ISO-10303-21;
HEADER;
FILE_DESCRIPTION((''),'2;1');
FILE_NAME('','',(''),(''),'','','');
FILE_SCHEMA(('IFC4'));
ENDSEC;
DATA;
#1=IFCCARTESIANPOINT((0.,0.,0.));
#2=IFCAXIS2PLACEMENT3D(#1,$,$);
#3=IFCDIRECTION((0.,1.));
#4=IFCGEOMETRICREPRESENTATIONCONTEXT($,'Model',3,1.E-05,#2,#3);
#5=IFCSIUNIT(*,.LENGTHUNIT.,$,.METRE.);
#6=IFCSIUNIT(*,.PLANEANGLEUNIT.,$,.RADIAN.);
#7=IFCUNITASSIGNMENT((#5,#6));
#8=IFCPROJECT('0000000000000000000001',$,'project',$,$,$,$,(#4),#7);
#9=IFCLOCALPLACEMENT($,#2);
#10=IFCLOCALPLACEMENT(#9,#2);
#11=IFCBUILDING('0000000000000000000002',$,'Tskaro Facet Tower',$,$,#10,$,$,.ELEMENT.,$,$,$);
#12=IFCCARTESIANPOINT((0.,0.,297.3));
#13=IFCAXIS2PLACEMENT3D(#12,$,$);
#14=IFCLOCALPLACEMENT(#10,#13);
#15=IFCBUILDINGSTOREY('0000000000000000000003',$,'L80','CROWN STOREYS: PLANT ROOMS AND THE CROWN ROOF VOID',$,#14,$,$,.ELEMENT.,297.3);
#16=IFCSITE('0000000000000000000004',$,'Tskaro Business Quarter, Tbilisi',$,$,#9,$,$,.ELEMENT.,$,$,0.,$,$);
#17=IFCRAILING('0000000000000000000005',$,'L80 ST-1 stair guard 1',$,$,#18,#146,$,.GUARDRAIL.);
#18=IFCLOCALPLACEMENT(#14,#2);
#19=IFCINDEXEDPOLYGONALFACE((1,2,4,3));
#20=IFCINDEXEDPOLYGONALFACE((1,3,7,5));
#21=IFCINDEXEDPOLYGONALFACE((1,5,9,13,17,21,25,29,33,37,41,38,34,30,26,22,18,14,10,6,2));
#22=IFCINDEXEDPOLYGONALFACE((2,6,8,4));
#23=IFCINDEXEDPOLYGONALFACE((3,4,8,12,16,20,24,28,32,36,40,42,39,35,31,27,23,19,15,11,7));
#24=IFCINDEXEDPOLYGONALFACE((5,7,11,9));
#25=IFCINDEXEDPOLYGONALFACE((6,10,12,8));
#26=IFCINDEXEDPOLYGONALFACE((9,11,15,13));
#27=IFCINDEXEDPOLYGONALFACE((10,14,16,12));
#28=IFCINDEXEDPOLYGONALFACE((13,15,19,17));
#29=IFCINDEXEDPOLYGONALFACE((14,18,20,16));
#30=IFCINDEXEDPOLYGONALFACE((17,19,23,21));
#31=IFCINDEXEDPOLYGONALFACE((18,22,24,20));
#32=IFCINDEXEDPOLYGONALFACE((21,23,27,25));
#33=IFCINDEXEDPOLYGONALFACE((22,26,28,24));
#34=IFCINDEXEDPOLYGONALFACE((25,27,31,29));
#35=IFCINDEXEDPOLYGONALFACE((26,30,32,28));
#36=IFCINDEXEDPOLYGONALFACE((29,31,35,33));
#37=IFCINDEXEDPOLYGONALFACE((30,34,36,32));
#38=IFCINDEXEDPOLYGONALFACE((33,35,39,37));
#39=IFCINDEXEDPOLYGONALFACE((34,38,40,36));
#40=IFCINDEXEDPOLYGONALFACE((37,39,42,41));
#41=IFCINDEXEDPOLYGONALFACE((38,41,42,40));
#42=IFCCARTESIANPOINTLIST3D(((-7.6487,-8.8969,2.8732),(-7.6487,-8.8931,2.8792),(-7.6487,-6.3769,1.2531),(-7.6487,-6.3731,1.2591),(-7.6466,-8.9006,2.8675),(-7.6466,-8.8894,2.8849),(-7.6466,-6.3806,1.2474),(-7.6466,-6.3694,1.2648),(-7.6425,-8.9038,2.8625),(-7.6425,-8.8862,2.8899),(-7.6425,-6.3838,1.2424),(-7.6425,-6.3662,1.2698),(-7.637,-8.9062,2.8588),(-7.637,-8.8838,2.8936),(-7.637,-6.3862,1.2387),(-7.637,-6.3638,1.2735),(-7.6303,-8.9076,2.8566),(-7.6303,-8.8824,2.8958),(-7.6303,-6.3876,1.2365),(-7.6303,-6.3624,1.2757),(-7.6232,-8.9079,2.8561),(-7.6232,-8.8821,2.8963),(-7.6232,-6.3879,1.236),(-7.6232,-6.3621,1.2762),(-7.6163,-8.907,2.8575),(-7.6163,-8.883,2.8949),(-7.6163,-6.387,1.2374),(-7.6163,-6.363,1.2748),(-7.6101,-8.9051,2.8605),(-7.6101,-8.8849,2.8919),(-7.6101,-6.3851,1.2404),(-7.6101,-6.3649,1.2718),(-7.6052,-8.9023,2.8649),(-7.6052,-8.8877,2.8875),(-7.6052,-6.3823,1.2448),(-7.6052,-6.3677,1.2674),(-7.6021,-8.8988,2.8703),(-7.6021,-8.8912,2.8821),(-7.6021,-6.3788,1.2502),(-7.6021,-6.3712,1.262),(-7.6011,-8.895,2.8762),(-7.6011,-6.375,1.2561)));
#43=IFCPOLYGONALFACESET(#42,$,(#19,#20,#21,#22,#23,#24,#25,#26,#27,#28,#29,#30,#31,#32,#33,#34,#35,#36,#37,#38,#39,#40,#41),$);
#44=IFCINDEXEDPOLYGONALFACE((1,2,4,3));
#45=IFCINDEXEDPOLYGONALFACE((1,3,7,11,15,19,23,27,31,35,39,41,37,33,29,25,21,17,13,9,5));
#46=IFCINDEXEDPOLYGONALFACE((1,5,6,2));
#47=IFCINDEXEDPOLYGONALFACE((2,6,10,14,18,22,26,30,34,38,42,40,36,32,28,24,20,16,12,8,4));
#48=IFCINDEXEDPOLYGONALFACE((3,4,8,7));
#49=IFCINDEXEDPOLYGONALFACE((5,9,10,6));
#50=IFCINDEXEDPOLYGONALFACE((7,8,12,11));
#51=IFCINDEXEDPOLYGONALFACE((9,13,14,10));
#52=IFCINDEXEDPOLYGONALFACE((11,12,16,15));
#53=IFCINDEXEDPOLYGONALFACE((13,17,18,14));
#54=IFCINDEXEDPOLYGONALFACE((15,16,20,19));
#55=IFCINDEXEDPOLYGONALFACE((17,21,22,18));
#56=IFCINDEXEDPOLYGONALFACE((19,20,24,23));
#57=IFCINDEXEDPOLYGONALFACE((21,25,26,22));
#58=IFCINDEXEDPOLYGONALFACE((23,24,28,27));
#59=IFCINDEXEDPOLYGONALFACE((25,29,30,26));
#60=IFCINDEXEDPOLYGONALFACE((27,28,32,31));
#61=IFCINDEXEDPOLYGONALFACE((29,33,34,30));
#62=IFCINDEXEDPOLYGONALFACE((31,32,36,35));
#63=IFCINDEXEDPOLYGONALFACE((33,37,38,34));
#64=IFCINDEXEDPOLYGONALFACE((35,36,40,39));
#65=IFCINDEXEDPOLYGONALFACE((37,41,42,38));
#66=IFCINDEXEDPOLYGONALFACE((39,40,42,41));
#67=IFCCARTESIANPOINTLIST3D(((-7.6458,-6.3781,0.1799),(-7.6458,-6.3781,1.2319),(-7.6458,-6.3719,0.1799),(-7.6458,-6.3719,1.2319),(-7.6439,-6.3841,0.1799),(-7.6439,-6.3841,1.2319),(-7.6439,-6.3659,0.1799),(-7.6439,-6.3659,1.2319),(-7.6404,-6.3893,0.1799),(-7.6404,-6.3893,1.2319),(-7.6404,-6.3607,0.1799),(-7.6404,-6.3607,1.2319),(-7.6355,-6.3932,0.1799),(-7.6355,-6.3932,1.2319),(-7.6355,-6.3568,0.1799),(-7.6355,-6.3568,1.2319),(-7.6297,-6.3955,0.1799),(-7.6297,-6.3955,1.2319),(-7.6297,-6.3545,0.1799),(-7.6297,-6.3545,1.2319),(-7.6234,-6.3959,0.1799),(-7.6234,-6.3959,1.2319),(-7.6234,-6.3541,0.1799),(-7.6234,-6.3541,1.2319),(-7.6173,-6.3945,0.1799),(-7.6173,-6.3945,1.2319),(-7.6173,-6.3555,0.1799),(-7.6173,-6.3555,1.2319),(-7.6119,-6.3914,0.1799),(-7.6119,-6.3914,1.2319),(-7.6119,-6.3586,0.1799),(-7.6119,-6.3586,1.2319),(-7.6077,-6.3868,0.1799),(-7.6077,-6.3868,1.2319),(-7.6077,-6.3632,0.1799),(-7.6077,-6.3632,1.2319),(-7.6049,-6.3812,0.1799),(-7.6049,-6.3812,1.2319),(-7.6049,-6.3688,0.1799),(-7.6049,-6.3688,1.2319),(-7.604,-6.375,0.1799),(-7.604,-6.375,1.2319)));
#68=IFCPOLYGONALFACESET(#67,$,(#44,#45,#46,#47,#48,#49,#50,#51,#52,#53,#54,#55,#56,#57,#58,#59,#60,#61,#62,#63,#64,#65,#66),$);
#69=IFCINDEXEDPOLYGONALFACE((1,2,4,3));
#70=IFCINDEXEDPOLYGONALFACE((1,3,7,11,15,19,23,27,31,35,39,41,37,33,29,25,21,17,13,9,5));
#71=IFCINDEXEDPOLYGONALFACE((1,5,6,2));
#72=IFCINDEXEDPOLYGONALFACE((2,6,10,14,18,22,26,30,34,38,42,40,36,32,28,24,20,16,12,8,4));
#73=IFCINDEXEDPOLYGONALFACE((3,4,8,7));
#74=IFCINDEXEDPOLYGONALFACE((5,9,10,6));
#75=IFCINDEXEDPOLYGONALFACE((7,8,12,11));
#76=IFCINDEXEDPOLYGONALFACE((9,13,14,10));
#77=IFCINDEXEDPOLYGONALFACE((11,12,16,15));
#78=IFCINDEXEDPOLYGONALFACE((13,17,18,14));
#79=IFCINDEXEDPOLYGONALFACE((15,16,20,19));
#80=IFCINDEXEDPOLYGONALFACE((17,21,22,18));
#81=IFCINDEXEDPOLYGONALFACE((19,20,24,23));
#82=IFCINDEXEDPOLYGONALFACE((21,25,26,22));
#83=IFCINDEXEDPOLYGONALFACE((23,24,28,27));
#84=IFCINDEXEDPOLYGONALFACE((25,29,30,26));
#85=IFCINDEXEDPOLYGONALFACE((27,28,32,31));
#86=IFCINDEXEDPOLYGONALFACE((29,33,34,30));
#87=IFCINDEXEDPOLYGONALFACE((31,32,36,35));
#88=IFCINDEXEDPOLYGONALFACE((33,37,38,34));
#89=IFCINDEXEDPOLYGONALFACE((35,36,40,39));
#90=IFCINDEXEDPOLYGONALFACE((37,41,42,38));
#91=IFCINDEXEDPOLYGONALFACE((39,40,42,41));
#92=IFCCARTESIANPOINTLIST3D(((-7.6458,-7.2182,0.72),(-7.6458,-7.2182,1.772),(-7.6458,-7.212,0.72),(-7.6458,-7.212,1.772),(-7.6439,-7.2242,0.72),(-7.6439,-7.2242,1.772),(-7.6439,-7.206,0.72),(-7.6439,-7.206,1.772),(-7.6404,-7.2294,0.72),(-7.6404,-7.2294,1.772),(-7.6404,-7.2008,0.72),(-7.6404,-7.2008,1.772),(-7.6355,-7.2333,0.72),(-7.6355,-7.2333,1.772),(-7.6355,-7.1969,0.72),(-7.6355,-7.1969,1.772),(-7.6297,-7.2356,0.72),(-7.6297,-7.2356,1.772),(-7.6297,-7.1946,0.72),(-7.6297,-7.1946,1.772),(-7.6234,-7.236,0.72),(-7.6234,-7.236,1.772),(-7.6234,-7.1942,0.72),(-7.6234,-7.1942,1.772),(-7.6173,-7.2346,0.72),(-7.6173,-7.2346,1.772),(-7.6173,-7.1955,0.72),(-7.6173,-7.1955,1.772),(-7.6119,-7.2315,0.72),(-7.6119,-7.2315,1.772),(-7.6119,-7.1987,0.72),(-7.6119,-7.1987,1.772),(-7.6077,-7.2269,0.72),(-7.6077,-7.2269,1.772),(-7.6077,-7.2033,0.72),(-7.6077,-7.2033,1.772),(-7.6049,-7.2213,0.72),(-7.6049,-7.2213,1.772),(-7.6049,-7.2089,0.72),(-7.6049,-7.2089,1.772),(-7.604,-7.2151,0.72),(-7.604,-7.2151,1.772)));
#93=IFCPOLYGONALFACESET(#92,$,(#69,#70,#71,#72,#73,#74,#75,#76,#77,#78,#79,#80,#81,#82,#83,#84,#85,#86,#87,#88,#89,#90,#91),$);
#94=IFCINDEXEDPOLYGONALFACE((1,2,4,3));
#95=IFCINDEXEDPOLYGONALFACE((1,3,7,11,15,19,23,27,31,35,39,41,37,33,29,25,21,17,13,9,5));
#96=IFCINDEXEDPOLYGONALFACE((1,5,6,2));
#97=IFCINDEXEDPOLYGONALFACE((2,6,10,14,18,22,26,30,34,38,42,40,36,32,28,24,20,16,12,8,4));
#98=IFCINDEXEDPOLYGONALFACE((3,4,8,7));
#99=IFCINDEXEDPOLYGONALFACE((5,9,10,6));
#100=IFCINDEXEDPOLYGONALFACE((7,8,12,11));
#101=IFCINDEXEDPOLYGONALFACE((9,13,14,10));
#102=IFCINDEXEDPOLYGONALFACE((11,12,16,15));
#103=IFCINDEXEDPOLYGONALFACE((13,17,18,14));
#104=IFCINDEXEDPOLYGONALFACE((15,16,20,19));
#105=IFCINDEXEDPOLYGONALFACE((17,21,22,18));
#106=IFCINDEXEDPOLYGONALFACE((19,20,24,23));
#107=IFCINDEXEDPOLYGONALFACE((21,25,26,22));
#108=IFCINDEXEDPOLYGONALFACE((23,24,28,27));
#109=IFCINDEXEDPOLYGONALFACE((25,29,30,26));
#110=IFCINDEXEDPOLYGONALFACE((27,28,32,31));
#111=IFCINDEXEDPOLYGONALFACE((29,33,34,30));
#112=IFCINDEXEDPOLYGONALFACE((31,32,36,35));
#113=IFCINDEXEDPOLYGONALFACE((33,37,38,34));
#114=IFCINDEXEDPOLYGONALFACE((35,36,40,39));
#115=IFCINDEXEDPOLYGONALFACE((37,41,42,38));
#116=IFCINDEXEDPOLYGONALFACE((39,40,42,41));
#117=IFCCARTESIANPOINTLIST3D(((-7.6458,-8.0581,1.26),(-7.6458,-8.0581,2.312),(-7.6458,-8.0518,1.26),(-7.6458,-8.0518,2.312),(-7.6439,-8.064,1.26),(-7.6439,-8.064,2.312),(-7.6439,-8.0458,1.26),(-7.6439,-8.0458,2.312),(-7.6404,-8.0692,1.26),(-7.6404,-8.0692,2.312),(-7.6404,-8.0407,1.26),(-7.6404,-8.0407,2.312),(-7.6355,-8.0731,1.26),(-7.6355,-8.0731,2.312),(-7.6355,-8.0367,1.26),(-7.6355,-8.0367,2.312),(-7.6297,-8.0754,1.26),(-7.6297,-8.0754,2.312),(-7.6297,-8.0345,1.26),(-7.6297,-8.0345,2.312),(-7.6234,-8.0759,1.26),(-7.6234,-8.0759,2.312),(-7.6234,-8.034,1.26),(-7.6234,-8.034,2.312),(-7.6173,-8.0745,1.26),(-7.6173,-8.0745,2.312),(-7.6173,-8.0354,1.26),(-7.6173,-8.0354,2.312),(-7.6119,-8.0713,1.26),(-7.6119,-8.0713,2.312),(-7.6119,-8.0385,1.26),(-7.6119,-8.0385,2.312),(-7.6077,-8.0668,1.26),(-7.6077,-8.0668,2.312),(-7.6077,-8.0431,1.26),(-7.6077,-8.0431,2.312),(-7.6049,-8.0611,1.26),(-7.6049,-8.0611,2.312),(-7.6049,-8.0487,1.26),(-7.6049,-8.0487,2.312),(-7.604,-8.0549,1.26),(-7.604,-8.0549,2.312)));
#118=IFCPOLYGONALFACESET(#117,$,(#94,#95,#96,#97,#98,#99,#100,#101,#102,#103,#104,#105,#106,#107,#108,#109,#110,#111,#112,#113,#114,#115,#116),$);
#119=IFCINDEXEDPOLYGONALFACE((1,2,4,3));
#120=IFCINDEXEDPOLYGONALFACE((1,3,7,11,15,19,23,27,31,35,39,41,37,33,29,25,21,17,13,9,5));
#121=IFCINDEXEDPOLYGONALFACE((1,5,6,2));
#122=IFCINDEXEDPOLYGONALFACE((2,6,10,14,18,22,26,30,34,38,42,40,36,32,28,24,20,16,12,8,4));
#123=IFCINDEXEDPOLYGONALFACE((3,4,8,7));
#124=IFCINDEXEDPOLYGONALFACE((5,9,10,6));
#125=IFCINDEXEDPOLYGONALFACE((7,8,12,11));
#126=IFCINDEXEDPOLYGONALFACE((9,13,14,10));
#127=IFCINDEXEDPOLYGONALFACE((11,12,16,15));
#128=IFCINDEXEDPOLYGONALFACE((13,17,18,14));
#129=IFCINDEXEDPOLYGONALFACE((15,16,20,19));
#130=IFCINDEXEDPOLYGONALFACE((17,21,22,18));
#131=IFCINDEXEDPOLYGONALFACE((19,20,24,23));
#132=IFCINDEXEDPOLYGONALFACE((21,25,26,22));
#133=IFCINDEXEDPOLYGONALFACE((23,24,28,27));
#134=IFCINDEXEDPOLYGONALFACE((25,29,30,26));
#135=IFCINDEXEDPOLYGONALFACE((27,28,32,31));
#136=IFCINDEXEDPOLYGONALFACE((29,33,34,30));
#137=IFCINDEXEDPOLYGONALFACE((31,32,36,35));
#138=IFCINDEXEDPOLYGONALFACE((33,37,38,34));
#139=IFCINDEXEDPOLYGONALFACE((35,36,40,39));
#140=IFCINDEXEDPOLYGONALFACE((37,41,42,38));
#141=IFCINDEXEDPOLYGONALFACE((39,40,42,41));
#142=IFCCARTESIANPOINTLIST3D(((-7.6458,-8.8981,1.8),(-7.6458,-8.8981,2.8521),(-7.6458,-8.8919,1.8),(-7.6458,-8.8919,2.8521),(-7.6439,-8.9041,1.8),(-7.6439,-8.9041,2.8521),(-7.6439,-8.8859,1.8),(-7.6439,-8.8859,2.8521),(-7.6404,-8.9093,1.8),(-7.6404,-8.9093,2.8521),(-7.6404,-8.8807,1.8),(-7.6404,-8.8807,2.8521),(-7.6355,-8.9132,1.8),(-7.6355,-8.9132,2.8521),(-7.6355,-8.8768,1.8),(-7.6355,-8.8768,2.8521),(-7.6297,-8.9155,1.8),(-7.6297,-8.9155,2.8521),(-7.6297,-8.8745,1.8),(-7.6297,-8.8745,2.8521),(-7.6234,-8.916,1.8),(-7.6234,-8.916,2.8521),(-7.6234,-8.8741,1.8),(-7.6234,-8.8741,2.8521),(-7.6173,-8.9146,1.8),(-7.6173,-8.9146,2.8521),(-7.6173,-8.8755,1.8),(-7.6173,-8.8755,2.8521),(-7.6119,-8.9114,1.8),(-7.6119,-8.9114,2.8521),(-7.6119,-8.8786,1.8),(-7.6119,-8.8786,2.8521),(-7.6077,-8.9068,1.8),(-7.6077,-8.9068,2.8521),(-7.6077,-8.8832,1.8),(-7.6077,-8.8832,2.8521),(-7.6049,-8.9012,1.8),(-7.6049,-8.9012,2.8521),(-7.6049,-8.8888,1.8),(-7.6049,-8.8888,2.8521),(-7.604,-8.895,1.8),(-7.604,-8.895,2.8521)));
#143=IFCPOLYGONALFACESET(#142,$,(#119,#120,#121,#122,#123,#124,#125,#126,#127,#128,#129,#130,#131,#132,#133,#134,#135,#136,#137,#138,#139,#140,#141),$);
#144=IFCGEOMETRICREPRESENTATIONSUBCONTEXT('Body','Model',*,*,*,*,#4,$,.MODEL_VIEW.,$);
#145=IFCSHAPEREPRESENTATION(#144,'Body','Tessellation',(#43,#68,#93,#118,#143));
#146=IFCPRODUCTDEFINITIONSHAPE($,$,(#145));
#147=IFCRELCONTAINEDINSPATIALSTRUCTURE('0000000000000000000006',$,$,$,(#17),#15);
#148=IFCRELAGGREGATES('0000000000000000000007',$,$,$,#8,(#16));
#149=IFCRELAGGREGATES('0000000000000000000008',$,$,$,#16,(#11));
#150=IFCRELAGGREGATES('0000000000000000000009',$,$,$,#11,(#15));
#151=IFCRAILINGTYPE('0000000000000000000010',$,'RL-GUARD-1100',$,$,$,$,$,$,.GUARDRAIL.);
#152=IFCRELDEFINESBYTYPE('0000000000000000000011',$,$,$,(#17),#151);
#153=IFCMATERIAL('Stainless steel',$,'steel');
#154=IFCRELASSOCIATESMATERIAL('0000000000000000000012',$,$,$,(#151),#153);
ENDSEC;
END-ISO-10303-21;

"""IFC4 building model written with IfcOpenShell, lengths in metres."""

from ifc_helpers import new_model, si_unit, direction, frame, origin, origin_2d, place, context, subcontext, project, spatial, circle, extrude, material, type_object, element, save


model = new_model("IFC4")

# Units and contexts
model_context = context("Model", 3, precision=1e-05, world=origin(), true_north=direction((0.0, 1.0)))
body_context = subcontext(model_context, "Body", "Model", "MODEL_VIEW")
ifc_project = project(units=[si_unit("LENGTHUNIT", "METRE"), si_unit("PLANEANGLEUNIT", "RADIAN")], contexts=[model_context])

# Site, building, storey
site_placement = place(None, origin())
site = spatial("IfcSite", under=ifc_project, at=site_placement, Name="Tskaro Business Quarter, Tbilisi", CompositionType="ELEMENT", RefElevation=0.0)
building_placement = place(site_placement, origin())
building = spatial("IfcBuilding", under=site, at=building_placement, Name="Tskaro Facet Tower", CompositionType="ELEMENT")
storey_placement = place(building_placement, frame((0.0, 0.0, 297.3)))
storey = spatial("IfcBuildingStorey", under=building, at=storey_placement, Name="L80", Description="CROWN STOREYS: PLANT ROOMS AND THE CROWN ROOF VOID", CompositionType="ELEMENT", Elevation=297.3)

# Railing
ifc_material_1 = material(Name="Stainless steel", Category="steel")
railing_type_1 = type_object("IfcRailingType", Name="RL-GUARD-1100", PredefinedType="GUARDRAIL", material=ifc_material_1)
railing_1_placement = place(storey_placement, frame((-7.625, -6.375, 0.1799)))
element("IfcRailing", 1, at=railing_1_placement, inside=storey, type_object=railing_type_1, Name="L80 ST-1 stair guard 1", PredefinedType="GUARDRAIL", context=body_context, shape_type="SweptSolid", body=[
    extrude(circle(Radius=0.0239, at=origin_2d()), frame((0.0, 0.0, 1.0762), z_axis=(0.0, -0.841163, 0.540782), x_axis=(1.0, 0.0, 0.0)), (0.0, 0.0, 1.0), 2.9958),
    extrude(circle(Radius=0.021, at=origin_2d()), origin(), (0.0, 0.0, 1.0), 1.052),
    extrude(circle(Radius=0.021, at=origin_2d()), frame((0.0, -0.8401, 0.54)), (0.0, 0.0, 1.0), 1.052),
    extrude(circle(Radius=0.021, at=origin_2d()), frame((0.0, -1.6799, 1.0801)), (0.0, 0.0, 1.0), 1.052),
    extrude(circle(Radius=0.021, at=origin_2d()), frame((0.0, -2.52, 1.6201)), (0.0, 0.0, 1.0), 1.052),
])

save(model, "model.ifc")
